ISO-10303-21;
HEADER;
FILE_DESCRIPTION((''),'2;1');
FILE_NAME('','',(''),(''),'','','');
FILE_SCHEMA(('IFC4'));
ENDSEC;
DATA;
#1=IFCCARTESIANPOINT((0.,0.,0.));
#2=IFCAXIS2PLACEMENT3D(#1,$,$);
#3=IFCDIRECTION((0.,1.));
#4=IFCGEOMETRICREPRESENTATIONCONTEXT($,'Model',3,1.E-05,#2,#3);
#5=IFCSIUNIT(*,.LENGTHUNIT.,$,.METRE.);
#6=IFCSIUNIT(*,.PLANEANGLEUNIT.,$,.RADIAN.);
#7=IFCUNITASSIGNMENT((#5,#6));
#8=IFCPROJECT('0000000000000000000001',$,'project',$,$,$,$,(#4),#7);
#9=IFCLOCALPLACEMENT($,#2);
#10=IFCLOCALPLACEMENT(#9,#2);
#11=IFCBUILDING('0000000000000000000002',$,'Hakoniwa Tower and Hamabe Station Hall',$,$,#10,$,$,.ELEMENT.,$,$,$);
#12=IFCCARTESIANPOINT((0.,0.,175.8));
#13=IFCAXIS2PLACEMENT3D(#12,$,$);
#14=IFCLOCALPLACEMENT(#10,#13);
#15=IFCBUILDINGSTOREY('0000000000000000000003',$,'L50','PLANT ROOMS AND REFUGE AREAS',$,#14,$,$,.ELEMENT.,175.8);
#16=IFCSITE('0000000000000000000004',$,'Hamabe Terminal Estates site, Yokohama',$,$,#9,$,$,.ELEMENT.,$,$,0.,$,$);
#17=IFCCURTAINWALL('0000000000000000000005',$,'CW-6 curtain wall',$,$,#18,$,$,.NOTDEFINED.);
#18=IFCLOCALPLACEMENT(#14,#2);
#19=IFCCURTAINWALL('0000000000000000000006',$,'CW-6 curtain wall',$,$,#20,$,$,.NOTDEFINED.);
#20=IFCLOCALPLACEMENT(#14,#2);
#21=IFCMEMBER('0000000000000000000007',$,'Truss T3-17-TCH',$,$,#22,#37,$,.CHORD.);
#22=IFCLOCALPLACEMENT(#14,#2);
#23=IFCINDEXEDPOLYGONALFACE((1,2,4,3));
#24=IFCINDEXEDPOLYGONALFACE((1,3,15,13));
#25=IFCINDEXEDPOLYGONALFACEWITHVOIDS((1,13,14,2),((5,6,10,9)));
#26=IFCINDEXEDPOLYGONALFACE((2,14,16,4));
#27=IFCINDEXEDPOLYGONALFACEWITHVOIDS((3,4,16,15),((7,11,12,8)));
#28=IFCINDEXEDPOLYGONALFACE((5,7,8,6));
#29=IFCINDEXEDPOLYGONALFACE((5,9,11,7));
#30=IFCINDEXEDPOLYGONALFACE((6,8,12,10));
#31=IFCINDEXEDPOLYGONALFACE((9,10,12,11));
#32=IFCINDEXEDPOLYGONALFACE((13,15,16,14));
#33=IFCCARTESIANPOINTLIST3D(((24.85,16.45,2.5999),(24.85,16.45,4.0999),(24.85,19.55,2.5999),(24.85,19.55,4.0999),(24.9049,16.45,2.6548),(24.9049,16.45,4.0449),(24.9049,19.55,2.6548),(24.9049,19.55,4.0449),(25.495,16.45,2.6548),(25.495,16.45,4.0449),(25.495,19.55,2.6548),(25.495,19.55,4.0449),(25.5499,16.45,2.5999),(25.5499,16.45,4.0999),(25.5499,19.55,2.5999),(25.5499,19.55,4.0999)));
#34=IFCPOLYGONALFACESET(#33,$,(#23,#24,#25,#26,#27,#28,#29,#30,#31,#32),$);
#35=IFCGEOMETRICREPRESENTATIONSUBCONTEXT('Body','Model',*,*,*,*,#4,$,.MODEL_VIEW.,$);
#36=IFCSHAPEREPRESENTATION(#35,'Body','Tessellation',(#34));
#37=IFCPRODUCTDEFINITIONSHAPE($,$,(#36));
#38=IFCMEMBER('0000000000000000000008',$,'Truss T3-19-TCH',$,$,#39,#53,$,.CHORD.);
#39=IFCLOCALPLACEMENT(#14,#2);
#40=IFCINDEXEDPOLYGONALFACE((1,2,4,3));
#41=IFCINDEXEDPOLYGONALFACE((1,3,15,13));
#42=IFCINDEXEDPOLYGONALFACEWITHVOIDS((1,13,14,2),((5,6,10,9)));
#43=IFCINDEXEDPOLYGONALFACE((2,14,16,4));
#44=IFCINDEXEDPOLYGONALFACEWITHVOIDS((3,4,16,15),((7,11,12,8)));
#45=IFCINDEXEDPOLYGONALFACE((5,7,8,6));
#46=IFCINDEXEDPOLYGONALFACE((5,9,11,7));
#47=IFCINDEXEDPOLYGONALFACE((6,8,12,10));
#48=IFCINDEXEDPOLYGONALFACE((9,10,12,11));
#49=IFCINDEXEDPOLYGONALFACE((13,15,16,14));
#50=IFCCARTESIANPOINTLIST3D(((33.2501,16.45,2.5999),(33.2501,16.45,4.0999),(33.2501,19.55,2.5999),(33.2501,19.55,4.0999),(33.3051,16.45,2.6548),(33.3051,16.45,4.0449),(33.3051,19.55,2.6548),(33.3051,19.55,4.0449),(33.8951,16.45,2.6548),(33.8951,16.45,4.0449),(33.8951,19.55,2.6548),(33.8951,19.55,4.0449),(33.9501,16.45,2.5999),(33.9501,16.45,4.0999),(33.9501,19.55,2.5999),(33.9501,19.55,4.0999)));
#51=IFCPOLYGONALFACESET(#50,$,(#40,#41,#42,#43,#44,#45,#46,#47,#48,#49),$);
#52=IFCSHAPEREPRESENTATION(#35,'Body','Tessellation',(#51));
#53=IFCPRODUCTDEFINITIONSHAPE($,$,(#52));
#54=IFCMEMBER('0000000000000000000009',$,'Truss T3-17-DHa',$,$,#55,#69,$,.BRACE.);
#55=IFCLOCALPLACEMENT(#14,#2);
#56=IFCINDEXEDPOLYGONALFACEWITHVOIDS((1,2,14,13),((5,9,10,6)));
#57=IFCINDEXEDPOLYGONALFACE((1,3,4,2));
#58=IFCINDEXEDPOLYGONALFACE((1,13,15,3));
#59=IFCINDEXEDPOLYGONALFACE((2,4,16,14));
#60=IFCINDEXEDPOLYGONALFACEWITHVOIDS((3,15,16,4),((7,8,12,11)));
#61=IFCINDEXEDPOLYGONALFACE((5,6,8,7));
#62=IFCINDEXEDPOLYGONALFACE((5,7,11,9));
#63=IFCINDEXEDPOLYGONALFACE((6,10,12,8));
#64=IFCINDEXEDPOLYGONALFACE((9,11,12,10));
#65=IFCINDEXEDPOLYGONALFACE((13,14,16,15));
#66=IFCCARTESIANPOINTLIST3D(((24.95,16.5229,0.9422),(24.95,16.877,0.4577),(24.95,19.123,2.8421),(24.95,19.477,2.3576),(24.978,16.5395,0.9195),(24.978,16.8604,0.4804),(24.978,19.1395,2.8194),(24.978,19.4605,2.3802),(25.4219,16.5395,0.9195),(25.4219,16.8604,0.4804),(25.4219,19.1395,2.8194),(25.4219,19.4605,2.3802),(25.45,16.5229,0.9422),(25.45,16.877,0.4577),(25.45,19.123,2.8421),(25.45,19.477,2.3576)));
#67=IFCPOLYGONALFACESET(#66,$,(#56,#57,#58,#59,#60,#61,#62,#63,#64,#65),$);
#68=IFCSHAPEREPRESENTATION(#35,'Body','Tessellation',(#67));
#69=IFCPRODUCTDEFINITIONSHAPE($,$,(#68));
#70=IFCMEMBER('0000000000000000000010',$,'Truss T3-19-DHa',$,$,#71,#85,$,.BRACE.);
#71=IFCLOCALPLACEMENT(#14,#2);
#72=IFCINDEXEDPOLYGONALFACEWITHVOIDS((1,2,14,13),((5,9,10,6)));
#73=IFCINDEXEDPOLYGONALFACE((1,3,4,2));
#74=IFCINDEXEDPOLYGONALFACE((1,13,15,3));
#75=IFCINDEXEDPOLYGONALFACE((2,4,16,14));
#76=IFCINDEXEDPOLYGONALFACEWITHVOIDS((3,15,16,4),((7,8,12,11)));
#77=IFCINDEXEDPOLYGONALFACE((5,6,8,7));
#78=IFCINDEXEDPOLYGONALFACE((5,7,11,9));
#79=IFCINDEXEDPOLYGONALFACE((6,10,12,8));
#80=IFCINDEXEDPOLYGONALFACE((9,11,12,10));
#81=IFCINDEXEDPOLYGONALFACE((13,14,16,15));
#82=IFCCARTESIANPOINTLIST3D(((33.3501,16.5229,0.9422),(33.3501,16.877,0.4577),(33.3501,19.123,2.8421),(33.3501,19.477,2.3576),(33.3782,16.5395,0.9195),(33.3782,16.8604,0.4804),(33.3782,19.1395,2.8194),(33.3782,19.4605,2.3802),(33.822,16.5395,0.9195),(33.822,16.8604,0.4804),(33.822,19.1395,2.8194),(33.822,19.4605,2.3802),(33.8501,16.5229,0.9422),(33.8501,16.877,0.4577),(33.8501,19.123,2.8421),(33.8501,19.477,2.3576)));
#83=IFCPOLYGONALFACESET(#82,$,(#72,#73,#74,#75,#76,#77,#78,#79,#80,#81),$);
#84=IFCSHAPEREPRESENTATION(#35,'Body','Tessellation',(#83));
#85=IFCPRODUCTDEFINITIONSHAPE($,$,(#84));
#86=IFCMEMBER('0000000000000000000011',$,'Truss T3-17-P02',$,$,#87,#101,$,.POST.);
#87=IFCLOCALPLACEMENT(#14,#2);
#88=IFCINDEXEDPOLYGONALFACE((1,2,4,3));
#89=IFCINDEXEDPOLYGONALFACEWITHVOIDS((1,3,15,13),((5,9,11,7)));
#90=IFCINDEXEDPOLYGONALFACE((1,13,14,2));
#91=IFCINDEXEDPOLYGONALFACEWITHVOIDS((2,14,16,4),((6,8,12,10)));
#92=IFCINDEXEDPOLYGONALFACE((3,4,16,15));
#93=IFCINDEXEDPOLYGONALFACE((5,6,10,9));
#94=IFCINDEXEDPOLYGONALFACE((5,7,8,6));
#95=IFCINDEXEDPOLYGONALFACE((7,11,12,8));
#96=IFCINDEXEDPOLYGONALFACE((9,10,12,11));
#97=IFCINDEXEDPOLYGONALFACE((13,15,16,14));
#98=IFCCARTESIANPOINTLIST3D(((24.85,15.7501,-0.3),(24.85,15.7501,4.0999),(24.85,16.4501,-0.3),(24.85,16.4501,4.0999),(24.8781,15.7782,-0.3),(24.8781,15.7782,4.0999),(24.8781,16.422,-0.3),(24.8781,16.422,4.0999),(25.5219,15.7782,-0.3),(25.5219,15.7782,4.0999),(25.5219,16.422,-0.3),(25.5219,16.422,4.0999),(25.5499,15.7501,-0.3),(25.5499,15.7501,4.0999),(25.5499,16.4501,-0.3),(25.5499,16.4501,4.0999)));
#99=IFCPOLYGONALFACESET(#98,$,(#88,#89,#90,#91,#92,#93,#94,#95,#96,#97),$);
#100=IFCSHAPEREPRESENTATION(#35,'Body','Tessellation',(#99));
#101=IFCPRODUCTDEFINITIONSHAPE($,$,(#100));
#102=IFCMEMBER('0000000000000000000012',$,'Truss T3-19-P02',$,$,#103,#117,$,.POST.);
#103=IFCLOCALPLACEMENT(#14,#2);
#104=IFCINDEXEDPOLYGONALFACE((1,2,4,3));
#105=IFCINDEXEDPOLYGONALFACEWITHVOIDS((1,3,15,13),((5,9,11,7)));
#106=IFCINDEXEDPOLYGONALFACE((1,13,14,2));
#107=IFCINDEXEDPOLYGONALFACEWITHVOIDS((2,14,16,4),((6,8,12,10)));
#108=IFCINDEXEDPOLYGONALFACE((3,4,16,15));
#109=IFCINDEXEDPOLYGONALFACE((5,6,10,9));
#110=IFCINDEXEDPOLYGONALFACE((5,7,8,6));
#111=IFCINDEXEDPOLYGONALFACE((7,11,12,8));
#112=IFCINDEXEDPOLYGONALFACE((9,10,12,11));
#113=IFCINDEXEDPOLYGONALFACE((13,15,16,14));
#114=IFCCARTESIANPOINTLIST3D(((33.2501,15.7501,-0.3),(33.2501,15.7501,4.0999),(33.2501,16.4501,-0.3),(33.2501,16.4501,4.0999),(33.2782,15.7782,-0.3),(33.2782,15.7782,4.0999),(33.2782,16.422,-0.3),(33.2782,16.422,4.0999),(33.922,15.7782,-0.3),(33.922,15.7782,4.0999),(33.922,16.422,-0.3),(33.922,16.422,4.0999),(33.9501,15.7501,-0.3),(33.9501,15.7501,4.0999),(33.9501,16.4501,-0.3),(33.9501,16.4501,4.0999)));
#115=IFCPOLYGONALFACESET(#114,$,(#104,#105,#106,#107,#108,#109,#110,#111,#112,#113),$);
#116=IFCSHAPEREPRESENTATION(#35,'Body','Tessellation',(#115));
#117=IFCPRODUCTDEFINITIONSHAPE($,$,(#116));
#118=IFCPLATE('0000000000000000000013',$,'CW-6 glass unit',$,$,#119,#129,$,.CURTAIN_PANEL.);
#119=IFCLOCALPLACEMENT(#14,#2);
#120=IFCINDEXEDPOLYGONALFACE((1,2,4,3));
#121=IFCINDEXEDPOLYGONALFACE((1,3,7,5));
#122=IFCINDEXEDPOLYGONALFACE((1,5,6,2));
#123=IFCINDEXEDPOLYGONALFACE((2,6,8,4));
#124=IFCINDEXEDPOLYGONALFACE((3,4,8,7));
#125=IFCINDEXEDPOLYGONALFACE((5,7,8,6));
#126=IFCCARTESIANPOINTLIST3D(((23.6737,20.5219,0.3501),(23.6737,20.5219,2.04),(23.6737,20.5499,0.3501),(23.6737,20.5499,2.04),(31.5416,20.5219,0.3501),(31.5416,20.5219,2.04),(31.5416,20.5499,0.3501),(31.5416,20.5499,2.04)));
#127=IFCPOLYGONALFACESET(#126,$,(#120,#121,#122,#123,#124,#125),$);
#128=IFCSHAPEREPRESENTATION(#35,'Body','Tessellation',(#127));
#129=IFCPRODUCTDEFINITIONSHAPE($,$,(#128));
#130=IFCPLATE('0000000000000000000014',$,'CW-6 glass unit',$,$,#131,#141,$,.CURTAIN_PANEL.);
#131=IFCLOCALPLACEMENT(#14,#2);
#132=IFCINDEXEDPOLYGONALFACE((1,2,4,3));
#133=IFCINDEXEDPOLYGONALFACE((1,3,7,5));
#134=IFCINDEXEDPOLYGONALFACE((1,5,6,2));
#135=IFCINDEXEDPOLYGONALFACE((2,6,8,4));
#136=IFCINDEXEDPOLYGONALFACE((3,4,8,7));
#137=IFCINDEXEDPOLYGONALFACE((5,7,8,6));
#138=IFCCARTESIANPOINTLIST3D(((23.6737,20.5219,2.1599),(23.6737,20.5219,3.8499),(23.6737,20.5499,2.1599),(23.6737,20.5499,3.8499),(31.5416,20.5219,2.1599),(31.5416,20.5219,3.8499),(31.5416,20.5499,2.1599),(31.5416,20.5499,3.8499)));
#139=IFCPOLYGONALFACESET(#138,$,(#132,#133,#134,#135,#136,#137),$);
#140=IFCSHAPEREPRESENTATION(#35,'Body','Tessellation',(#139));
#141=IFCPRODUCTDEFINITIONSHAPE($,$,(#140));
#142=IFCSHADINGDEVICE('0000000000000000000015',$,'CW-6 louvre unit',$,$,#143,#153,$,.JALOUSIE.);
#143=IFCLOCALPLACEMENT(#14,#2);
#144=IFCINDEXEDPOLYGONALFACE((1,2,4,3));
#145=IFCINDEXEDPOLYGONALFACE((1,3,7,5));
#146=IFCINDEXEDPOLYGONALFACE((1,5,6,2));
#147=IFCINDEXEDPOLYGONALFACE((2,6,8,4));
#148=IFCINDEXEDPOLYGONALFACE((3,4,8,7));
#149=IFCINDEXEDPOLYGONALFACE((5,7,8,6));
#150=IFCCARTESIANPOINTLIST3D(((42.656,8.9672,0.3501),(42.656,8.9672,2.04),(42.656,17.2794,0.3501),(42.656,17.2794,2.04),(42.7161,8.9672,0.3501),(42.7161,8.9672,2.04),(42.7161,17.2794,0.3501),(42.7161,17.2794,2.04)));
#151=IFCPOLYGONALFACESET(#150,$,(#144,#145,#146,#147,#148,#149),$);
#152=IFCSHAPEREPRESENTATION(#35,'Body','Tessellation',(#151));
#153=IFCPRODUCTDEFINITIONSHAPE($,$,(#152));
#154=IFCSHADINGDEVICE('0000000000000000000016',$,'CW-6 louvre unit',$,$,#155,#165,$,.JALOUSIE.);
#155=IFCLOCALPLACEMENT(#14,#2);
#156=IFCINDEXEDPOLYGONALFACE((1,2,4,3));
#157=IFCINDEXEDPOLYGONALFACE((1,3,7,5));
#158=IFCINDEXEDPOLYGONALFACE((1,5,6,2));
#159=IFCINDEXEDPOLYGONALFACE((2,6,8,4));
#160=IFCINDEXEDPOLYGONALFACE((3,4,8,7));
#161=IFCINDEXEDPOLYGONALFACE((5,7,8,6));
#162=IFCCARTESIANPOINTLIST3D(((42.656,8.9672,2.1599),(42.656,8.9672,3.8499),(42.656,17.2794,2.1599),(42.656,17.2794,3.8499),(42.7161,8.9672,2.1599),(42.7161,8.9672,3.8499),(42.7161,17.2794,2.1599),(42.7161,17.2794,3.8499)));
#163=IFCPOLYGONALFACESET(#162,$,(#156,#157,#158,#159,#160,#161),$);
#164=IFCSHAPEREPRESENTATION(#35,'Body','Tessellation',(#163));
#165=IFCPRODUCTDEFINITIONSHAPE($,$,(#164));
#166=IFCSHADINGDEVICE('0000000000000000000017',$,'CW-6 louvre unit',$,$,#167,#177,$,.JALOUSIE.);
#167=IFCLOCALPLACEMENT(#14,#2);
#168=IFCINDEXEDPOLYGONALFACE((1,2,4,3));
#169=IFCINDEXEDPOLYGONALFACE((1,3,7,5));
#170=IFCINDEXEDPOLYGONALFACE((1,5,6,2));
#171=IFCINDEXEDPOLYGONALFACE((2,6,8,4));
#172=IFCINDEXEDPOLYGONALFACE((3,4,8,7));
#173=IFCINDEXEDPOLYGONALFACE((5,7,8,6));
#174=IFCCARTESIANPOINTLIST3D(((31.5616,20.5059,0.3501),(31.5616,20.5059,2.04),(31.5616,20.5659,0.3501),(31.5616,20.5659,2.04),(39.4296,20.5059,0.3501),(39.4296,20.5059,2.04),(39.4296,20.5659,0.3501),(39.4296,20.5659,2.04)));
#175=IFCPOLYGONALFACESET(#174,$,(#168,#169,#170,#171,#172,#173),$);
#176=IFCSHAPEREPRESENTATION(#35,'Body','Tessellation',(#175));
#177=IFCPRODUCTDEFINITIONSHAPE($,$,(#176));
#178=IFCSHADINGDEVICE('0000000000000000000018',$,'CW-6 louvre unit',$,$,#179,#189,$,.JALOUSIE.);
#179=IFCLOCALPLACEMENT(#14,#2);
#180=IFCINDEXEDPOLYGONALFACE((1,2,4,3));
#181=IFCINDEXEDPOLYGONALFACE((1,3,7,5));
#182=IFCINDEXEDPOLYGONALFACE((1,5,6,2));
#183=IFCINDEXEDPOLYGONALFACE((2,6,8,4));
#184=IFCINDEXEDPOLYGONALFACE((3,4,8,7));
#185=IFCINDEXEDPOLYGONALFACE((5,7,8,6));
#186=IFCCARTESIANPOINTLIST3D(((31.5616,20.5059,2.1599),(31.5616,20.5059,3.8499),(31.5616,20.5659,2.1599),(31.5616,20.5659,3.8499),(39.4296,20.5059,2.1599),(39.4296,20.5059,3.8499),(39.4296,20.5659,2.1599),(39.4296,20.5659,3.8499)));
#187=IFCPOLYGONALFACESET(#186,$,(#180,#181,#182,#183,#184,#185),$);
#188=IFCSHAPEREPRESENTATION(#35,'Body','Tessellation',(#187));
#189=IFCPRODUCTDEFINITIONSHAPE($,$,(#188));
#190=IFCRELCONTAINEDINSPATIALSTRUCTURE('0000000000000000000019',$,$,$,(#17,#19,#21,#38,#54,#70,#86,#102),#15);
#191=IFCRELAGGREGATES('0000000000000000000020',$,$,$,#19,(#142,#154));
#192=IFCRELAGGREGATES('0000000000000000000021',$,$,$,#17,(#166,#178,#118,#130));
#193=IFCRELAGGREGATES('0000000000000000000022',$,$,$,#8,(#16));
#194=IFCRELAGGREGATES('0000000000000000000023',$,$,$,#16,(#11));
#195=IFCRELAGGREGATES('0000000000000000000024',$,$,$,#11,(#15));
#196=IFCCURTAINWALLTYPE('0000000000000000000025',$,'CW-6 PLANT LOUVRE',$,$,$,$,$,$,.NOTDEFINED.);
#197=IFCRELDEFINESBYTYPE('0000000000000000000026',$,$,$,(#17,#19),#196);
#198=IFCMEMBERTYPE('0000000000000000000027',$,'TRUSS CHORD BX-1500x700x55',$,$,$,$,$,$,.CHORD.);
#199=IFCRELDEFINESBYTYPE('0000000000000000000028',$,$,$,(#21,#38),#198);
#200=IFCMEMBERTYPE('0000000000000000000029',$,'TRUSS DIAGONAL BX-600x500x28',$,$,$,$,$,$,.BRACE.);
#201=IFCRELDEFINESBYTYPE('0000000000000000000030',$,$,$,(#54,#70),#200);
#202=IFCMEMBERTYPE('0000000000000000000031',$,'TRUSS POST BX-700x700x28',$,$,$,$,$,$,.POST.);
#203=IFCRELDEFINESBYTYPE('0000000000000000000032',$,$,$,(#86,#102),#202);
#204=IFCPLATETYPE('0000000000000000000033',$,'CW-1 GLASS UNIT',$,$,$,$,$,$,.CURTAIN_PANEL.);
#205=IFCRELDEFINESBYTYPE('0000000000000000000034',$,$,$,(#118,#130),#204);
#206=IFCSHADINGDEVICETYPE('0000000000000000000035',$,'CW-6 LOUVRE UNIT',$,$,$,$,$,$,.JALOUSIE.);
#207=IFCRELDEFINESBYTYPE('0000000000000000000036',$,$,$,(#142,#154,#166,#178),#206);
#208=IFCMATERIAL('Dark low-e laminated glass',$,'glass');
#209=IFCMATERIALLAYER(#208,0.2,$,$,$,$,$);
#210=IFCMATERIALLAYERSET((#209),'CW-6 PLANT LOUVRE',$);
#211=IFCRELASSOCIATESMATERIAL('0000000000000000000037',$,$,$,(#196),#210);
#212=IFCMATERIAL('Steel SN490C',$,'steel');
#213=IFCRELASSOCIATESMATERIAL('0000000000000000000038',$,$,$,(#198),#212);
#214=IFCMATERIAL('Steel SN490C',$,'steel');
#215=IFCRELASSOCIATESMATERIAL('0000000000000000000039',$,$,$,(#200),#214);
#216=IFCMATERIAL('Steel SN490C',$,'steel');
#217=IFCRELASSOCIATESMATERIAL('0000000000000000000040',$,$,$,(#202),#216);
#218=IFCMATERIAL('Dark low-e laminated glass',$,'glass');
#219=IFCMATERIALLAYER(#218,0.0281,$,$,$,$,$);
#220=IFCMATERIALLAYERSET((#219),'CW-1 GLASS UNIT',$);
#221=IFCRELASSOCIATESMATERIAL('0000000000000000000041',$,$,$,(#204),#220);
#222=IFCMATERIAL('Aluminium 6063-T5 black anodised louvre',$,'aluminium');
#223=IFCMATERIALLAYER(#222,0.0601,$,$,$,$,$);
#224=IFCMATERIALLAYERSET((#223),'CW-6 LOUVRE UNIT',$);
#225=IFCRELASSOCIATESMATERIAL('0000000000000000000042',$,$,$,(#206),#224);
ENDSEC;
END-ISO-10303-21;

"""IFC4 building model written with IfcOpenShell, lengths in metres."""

from ifc_helpers import new_model, si_unit, direction, frame, origin, origin_2d, place, context, subcontext, project, spatial, rectangle, hollow_rectangle, extrude, material, layer, layer_set, material_profile, profile_set, type_object, element, aggregate, save


model = new_model("IFC4")

# Units and contexts
model_context = context("Model", 3, precision=1e-05, world=origin(), true_north=direction((0.0, 1.0)))
body_context = subcontext(model_context, "Body", "Model", "MODEL_VIEW")
ifc_project = project(units=[si_unit("LENGTHUNIT", "METRE"), si_unit("PLANEANGLEUNIT", "RADIAN")], contexts=[model_context])

# Site, building, storey
site_placement = place(None, origin())
site = spatial("IfcSite", under=ifc_project, at=site_placement, Name="Hamabe Terminal Estates site, Yokohama", CompositionType="ELEMENT", RefElevation=0.0)
building_placement = place(site_placement, origin())
building = spatial("IfcBuilding", under=site, at=building_placement, Name="Hakoniwa Tower and Hamabe Station Hall", CompositionType="ELEMENT")
storey_placement = place(building_placement, frame((0.0, 0.0, 175.8)))
storey = spatial("IfcBuildingStorey", under=building, at=storey_placement, Name="L50", Description="PLANT ROOMS AND REFUGE AREAS", CompositionType="ELEMENT", Elevation=175.8)

# Curtain walls
ifc_material_1 = material(Name="Dark low-e laminated glass", Category="glass")
ifc_layer_1 = layer(ifc_material_1, 0.2)
ifc_layer_set_1 = layer_set([ifc_layer_1], Name="CW-6 PLANT LOUVRE")
curtain_wall_type = type_object("IfcCurtainWallType", Name="CW-6 PLANT LOUVRE", PredefinedType="NOTDEFINED", material=ifc_layer_set_1)
curtain_wall_1_placement = place(storey_placement, origin())
curtain_wall_1 = element("IfcCurtainWall", 1, at=curtain_wall_1_placement, inside=storey, type_object=curtain_wall_type, Name="CW-6 curtain wall", PredefinedType="NOTDEFINED")
curtain_wall_2_placement = place(storey_placement, origin())
curtain_wall_2 = element("IfcCurtainWall", 2, at=curtain_wall_2_placement, inside=storey, type_object=curtain_wall_type, Name="CW-6 curtain wall", PredefinedType="NOTDEFINED")

# Members
ifc_material_2 = material(Name="Steel SN490C", Category="steel")
ifc_material_profile_1 = material_profile(ifc_material_2, hollow_rectangle(XDim=0.7, YDim=1.5, WallThickness=0.0549, at=origin_2d()), Name="BX-1500x700x55")
ifc_profile_set_1 = profile_set([ifc_material_profile_1], Name="Steel SN490C")
member_type_1 = type_object("IfcMemberType", Name="TRUSS CHORD BX-1500x700x55", PredefinedType="CHORD", material=ifc_profile_set_1)
for number, where, z_axis, x_axis, name in (
    (3, (25.2, 16.45, 3.3499), (0.0, 1.0, 0.0), (-1.0, 0.0, 0.0), "Truss T3-17-TCH"),
    (4, (33.6001, 16.45, 3.3499), (0.0, 1.0, 0.0), (-1.0, 0.0, 0.0), "Truss T3-19-TCH"),
):
    element("IfcMember", number, at=place(storey_placement, frame(where, z_axis=z_axis, x_axis=x_axis)), inside=storey, type_object=member_type_1, Name=name, PredefinedType="CHORD", context=body_context, shape_type="SweptSolid", body=[
        extrude(hollow_rectangle(XDim=0.7, YDim=1.5, WallThickness=0.0549, at=origin_2d()), origin(), (0.0, 0.0, 1.0), 3.1001),
    ])
ifc_material_3 = material(Name="Steel SN490C", Category="steel")
ifc_material_profile_2 = material_profile(ifc_material_3, hollow_rectangle(XDim=0.5, YDim=0.6001, WallThickness=0.0281, at=origin_2d()), Name="BX-600x500x28")
ifc_profile_set_2 = profile_set([ifc_material_profile_2], Name="Steel SN490C")
member_type_2 = type_object("IfcMemberType", Name="TRUSS DIAGONAL BX-600x500x28", PredefinedType="BRACE", material=ifc_profile_set_2)
for number, where, z_axis, x_axis, name in (
    (5, (25.2, 16.7, 0.7), (0.0, 0.807416, 0.589982), (-1.0, 0.0, 0.0), "Truss T3-17-DHa"),
    (6, (33.6001, 16.7, 0.7), (0.0, 0.807416, 0.589982), (-1.0, 0.0, 0.0), "Truss T3-19-DHa"),
):
    element("IfcMember", number, at=place(storey_placement, frame(where, z_axis=z_axis, x_axis=x_axis)), inside=storey, type_object=member_type_2, Name=name, PredefinedType="BRACE", context=body_context, shape_type="SweptSolid", body=[
        extrude(hollow_rectangle(XDim=0.5, YDim=0.6001, WallThickness=0.0281, at=origin_2d()), origin(), (0.0, 0.0, 1.0), 3.2202),
    ])
ifc_material_4 = material(Name="Steel SN490C", Category="steel")
ifc_material_profile_3 = material_profile(ifc_material_4, hollow_rectangle(XDim=0.7, YDim=0.7, WallThickness=0.0281, at=origin_2d()), Name="BX-700x700x28")
ifc_profile_set_3 = profile_set([ifc_material_profile_3], Name="Steel SN490C")
member_type_3 = type_object("IfcMemberType", Name="TRUSS POST BX-700x700x28", PredefinedType="POST", material=ifc_profile_set_3)
for number, where, z_axis, x_axis, name in (
    (7, (25.2, 16.1001, -0.3), (0.0, 0.0, 1.0), (1.0, 0.0, 0.0), "Truss T3-17-P02"),
    (8, (33.6001, 16.1001, -0.3), (0.0, 0.0, 1.0), (1.0, 0.0, 0.0), "Truss T3-19-P02"),
):
    element("IfcMember", number, at=place(storey_placement, frame(where, z_axis=z_axis, x_axis=x_axis)), inside=storey, type_object=member_type_3, Name=name, PredefinedType="POST", context=body_context, shape_type="SweptSolid", body=[
        extrude(hollow_rectangle(XDim=0.7, YDim=0.7, WallThickness=0.0281, at=origin_2d()), origin(), (0.0, 0.0, 1.0), 4.3999),
    ])

# Plates
ifc_material_5 = material(Name="Dark low-e laminated glass", Category="glass")
ifc_layer_2 = layer(ifc_material_5, 0.0281)
ifc_layer_set_2 = layer_set([ifc_layer_2], Name="CW-1 GLASS UNIT")
plate_type = type_object("IfcPlateType", Name="CW-1 GLASS UNIT", PredefinedType="CURTAIN_PANEL", material=ifc_layer_set_2)
plate_1_placement = place(storey_placement, frame((27.6077, 20.5359, 0.3501), z_axis=(0.0, 0.0, 1.0), x_axis=(-1.0, 0.0, 0.0)))
plate_1 = element("IfcPlate", 9, at=plate_1_placement, type_object=plate_type, Name="CW-6 glass unit", PredefinedType="CURTAIN_PANEL", context=body_context, shape_type="SweptSolid", body=[
    extrude(rectangle(XDim=7.8679, YDim=0.0281, at=origin_2d()), origin(), (0.0, 0.0, 1.0), 1.6899),
])
plate_2_placement = place(storey_placement, frame((27.6077, 20.5359, 2.1599), z_axis=(0.0, 0.0, 1.0), x_axis=(-1.0, 0.0, 0.0)))
plate_2 = element("IfcPlate", 10, at=plate_2_placement, type_object=plate_type, Name="CW-6 glass unit", PredefinedType="CURTAIN_PANEL", context=body_context, shape_type="SweptSolid", body=[
    extrude(rectangle(XDim=7.8679, YDim=0.0281, at=origin_2d()), origin(), (0.0, 0.0, 1.0), 1.6899),
])

# Shading devices
ifc_material_6 = material(Name="Aluminium 6063-T5 black anodised louvre", Category="aluminium")
ifc_layer_3 = layer(ifc_material_6, 0.0601)
ifc_layer_set_3 = layer_set([ifc_layer_3], Name="CW-6 LOUVRE UNIT")
shading_device_type = type_object("IfcShadingDeviceType", Name="CW-6 LOUVRE UNIT", PredefinedType="JALOUSIE", material=ifc_layer_set_3)
shading_device_1_placement = place(storey_placement, frame((42.686, 13.1233, 0.3501), z_axis=(0.0, 0.0, 1.0), x_axis=(0.0, 1.0, 0.0)))
shading_device_1 = element("IfcShadingDevice", 11, at=shading_device_1_placement, type_object=shading_device_type, Name="CW-6 louvre unit", PredefinedType="JALOUSIE", context=body_context, shape_type="SweptSolid", body=[
    extrude(rectangle(XDim=8.3123, YDim=0.0601, at=origin_2d()), origin(), (0.0, 0.0, 1.0), 1.6899),
])
shading_device_2_placement = place(storey_placement, frame((42.686, 13.1233, 2.1599), z_axis=(0.0, 0.0, 1.0), x_axis=(0.0, 1.0, 0.0)))
shading_device_2 = element("IfcShadingDevice", 12, at=shading_device_2_placement, type_object=shading_device_type, Name="CW-6 louvre unit", PredefinedType="JALOUSIE", context=body_context, shape_type="SweptSolid", body=[
    extrude(rectangle(XDim=8.3123, YDim=0.0601, at=origin_2d()), origin(), (0.0, 0.0, 1.0), 1.6899),
])
aggregate(curtain_wall_2, [shading_device_1, shading_device_2])
shading_device_3_placement = place(storey_placement, frame((35.4956, 20.5359, 0.3501), z_axis=(0.0, 0.0, 1.0), x_axis=(-1.0, 0.0, 0.0)))
shading_device_3 = element("IfcShadingDevice", 13, at=shading_device_3_placement, type_object=shading_device_type, Name="CW-6 louvre unit", PredefinedType="JALOUSIE", context=body_context, shape_type="SweptSolid", body=[
    extrude(rectangle(XDim=7.8679, YDim=0.0601, at=origin_2d()), origin(), (0.0, 0.0, 1.0), 1.6899),
])
shading_device_4_placement = place(storey_placement, frame((35.4956, 20.5359, 2.1599), z_axis=(0.0, 0.0, 1.0), x_axis=(-1.0, 0.0, 0.0)))
shading_device_4 = element("IfcShadingDevice", 14, at=shading_device_4_placement, type_object=shading_device_type, Name="CW-6 louvre unit", PredefinedType="JALOUSIE", context=body_context, shape_type="SweptSolid", body=[
    extrude(rectangle(XDim=7.8679, YDim=0.0601, at=origin_2d()), origin(), (0.0, 0.0, 1.0), 1.6899),
])
aggregate(curtain_wall_1, [shading_device_3, shading_device_4, plate_1, plate_2])

save(model, "model.ifc")
